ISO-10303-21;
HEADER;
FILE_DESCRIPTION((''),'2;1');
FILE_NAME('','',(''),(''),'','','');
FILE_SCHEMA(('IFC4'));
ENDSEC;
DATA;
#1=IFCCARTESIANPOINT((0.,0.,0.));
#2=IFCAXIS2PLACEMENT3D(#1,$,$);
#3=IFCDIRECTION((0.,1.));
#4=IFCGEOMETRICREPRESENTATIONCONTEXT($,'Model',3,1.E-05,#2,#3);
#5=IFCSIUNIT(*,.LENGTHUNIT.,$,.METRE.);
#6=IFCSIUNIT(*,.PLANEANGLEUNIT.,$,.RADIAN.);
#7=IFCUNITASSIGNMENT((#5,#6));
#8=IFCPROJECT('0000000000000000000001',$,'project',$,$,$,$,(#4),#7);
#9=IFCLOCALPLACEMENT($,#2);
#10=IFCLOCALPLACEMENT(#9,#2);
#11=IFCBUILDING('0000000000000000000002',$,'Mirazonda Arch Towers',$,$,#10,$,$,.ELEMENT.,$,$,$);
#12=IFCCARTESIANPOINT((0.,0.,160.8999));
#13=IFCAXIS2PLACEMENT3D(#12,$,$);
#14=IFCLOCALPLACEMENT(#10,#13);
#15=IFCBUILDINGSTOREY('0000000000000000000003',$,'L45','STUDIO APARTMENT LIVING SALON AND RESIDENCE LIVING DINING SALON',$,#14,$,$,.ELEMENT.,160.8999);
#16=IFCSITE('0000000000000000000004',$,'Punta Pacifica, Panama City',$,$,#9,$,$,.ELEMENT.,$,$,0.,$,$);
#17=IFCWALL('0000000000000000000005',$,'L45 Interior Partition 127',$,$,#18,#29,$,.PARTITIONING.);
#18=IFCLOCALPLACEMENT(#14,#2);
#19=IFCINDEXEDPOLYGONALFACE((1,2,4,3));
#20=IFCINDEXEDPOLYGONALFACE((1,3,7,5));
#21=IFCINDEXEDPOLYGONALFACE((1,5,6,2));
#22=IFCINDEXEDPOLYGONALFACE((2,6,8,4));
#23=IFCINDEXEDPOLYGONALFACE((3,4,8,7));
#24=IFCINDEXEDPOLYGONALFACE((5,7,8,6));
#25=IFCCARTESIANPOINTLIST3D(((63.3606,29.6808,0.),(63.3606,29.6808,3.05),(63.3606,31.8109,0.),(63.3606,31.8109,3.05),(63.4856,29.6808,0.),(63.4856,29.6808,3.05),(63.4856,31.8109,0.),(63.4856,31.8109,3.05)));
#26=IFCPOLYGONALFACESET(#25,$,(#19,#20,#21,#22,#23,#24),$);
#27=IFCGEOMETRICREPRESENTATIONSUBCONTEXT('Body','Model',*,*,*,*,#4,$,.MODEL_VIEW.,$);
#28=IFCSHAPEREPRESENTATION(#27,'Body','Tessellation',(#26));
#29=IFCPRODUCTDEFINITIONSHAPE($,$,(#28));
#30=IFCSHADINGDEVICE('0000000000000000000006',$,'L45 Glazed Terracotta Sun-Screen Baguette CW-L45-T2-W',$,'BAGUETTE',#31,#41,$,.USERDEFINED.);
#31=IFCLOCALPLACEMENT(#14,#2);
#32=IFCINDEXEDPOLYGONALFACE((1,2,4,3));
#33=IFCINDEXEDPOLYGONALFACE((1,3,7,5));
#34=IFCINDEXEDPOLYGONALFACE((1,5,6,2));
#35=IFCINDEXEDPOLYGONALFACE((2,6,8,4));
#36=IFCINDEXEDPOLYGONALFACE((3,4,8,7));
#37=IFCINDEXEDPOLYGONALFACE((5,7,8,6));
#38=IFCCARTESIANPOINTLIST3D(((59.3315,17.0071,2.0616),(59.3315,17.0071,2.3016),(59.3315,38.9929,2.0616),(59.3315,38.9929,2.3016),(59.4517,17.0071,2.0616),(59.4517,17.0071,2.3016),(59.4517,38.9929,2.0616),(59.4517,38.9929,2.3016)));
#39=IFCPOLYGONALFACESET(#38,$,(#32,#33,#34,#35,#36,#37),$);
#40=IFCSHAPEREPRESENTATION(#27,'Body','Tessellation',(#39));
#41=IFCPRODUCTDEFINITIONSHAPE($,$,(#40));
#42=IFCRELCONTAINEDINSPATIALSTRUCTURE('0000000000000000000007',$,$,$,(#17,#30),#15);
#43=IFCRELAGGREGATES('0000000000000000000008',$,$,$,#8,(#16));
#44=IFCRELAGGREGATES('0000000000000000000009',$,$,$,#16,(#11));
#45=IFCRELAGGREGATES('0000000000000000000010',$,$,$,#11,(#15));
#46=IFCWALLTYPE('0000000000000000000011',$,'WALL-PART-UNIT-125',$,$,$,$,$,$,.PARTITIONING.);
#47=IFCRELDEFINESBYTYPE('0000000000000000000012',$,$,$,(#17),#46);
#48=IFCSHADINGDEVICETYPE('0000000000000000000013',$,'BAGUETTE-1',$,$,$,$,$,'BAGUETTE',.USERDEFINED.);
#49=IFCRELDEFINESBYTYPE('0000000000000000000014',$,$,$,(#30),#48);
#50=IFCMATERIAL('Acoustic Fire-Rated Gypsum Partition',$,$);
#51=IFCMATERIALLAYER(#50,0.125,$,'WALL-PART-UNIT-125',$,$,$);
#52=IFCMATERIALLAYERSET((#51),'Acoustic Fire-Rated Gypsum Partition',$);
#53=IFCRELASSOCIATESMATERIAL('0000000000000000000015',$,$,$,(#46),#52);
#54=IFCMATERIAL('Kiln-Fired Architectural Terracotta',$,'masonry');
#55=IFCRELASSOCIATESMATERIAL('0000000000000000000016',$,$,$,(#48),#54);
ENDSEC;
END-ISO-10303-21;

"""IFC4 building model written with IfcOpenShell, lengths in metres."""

from ifc_helpers import new_model, si_unit, direction, frame, frame_2d, origin, origin_2d, place, context, subcontext, project, spatial, rectangle, extrude, material, layer, layer_set, material_profile, profile_set, type_object, element, save


model = new_model("IFC4")

# Units and contexts
model_context = context("Model", 3, precision=1e-05, world=origin(), true_north=direction((0.0, 1.0)))
body_context = subcontext(model_context, "Body", "Model", "MODEL_VIEW")
ifc_project = project(units=[si_unit("LENGTHUNIT", "METRE"), si_unit("PLANEANGLEUNIT", "RADIAN")], contexts=[model_context])

# Site, building, storey
site_placement = place(None, origin())
site = spatial("IfcSite", under=ifc_project, at=site_placement, Name="Punta Pacifica, Panama City", CompositionType="ELEMENT", RefElevation=0.0)
building_placement = place(site_placement, origin())
building = spatial("IfcBuilding", under=site, at=building_placement, Name="Mirazonda Arch Towers", CompositionType="ELEMENT")
storey_placement = place(building_placement, frame((0.0, 0.0, 160.8999)))
storey = spatial("IfcBuildingStorey", under=building, at=storey_placement, Name="L45", Description="STUDIO APARTMENT LIVING SALON AND RESIDENCE LIVING DINING SALON", CompositionType="ELEMENT", Elevation=160.8999)

# Wall
ifc_material_1 = material(Name="Acoustic Fire-Rated Gypsum Partition")
ifc_layer_1 = layer(ifc_material_1, 0.125, Name="WALL-PART-UNIT-125")
ifc_layer_set_1 = layer_set([ifc_layer_1], Name="Acoustic Fire-Rated Gypsum Partition")
wall_type_1 = type_object("IfcWallType", Name="WALL-PART-UNIT-125", PredefinedType="PARTITIONING", material=ifc_layer_set_1)
wall_1_placement = place(storey_placement, frame((63.4231, 29.6809, 0.0), z_axis=(0.0, 0.0, 1.0), x_axis=(0.0, 1.0, 0.0)))
element("IfcWall", 1, at=wall_1_placement, inside=storey, type_object=wall_type_1, Name="L45 Interior Partition 127", PredefinedType="PARTITIONING", context=body_context, shape_type="SweptSolid", body=[
    extrude(rectangle(XDim=2.1301, YDim=0.125, at=frame_2d((1.0649, 0.0))), origin(), (0.0, 0.0, 1.0), 3.05),
])

# Shading device
ifc_material_2 = material(Name="Kiln-Fired Architectural Terracotta", Category="masonry")
ifc_material_profile_1 = material_profile(ifc_material_2, rectangle(XDim=0.1201, YDim=0.24, at=origin_2d()), Name="TERRA-BAG-120x240")
ifc_profile_set_1 = profile_set([ifc_material_profile_1], Name="Kiln-Fired Architectural Terracotta")
shading_device_type = type_object("IfcShadingDeviceType", Name="BAGUETTE-1", ElementType="BAGUETTE", PredefinedType="USERDEFINED", material=ifc_profile_set_1)
shading_device_placement = place(storey_placement, frame((59.3916, 38.9929, 2.1816), z_axis=(0.0, -1.0, 0.0), x_axis=(1.0, 0.0, 0.0)))
element("IfcShadingDevice", 2, at=shading_device_placement, inside=storey, type_object=shading_device_type, Name="L45 Glazed Terracotta Sun-Screen Baguette CW-L45-T2-W", ObjectType="BAGUETTE", PredefinedType="USERDEFINED", context=body_context, shape_type="SweptSolid", body=[
    extrude(rectangle(XDim=0.1201, YDim=0.24, at=origin_2d()), origin(), (0.0, 0.0, 1.0), 21.9858),
])

save(model, "model.ifc")
